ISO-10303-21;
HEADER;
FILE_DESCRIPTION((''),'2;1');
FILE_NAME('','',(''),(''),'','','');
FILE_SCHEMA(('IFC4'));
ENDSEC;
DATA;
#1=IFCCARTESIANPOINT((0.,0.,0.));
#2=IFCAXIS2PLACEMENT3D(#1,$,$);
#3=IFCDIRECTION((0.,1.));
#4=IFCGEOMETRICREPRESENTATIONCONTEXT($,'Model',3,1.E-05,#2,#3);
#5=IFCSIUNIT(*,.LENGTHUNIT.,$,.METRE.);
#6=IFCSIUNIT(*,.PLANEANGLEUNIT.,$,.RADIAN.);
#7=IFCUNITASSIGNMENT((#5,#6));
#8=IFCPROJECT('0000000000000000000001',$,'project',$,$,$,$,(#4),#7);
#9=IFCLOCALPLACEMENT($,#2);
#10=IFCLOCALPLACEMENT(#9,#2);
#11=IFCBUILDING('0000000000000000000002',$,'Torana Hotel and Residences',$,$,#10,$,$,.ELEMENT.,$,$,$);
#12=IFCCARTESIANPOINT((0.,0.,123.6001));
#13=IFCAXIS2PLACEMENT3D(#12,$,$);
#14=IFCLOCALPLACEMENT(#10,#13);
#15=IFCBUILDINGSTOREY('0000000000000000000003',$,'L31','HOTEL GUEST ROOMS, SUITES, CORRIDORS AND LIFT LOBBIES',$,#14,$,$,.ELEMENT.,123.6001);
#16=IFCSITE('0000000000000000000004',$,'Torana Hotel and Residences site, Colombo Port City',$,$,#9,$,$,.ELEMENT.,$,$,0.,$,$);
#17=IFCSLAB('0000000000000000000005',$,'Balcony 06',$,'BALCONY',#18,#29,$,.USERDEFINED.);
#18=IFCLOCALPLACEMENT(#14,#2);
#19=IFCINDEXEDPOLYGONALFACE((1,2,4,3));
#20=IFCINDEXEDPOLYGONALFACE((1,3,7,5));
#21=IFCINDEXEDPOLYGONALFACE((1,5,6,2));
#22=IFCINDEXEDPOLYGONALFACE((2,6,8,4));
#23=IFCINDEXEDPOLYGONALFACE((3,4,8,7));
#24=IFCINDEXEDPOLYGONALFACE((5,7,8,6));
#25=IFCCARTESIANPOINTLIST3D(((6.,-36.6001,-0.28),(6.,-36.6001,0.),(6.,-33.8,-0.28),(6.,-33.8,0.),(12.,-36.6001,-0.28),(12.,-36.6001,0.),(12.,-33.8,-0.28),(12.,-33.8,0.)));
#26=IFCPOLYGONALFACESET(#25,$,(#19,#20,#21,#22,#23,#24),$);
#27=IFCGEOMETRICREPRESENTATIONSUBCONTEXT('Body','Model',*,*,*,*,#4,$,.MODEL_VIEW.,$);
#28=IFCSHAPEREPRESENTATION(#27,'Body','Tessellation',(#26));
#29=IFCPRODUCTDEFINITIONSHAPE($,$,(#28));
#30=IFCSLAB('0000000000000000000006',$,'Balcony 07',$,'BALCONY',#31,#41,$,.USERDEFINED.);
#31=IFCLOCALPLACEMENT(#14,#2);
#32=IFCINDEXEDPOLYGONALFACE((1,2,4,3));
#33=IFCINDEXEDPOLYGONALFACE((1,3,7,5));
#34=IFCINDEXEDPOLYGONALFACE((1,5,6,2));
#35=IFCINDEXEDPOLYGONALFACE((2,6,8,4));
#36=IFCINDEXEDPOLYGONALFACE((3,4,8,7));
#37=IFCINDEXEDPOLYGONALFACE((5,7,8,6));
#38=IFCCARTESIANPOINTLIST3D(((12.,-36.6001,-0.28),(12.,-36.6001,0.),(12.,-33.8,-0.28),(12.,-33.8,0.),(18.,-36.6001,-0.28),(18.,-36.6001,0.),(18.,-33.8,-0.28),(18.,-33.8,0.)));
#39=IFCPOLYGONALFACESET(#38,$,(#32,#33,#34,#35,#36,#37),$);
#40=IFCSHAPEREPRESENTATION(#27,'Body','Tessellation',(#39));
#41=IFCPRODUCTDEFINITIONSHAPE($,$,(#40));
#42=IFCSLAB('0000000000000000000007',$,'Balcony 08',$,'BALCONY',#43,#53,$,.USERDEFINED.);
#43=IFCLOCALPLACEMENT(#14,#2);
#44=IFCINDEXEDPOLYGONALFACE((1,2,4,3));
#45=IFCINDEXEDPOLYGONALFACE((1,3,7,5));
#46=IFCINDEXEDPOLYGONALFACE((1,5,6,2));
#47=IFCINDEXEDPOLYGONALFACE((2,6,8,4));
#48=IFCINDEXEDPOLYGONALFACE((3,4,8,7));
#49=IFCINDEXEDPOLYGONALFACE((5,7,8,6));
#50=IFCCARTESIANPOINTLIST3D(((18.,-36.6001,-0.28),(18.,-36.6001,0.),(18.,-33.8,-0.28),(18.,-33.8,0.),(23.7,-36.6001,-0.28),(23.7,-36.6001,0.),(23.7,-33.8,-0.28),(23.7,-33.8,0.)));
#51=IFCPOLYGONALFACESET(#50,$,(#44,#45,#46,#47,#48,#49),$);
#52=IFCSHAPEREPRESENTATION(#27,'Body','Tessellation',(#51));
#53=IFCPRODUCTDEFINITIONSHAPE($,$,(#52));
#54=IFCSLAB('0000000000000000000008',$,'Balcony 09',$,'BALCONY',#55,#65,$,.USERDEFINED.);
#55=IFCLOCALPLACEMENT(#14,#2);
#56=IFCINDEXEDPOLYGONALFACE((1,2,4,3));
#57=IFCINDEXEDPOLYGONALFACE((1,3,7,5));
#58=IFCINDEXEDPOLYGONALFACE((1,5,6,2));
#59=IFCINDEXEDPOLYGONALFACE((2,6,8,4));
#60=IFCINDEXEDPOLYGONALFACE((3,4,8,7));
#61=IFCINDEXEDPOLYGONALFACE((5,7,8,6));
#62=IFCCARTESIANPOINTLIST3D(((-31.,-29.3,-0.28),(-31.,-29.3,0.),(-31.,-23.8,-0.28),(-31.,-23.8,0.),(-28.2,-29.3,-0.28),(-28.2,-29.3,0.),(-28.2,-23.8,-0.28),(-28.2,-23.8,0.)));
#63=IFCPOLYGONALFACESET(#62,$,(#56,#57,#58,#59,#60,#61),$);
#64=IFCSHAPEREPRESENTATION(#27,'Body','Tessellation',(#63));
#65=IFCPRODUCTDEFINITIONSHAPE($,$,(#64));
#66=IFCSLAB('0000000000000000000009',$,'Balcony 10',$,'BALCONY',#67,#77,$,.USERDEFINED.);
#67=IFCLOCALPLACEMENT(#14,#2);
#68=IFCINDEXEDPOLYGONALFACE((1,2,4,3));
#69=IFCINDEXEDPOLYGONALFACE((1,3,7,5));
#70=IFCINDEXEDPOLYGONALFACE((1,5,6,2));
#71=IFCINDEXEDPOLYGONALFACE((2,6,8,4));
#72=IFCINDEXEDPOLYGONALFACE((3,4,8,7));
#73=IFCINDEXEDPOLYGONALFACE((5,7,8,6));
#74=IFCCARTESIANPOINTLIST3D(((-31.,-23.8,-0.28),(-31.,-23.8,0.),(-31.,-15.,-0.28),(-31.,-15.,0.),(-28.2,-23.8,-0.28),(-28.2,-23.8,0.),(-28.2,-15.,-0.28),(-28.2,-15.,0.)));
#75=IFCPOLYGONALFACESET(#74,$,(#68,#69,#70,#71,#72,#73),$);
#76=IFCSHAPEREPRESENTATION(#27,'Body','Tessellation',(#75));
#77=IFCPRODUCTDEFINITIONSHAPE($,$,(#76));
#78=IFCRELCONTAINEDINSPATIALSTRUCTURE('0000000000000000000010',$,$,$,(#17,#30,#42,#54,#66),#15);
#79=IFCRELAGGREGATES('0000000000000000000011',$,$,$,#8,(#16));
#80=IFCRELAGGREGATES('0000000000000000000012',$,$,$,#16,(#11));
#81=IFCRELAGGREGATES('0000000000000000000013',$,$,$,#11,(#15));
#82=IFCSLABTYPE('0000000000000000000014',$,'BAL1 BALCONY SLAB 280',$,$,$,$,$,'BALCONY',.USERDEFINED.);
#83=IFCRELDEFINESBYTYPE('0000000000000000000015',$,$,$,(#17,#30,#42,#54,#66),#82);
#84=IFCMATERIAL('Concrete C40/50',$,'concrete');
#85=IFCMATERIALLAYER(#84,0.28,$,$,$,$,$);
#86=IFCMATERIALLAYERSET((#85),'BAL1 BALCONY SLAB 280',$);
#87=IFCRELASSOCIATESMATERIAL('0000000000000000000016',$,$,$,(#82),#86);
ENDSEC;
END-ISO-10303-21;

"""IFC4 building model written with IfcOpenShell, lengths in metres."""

from ifc_helpers import new_model, si_unit, direction, frame, origin, place, context, subcontext, project, spatial, polyline, outline, extrude, material, layer, layer_set, type_object, element, save


model = new_model("IFC4")

# Units and contexts
model_context = context("Model", 3, precision=1e-05, world=origin(), true_north=direction((0.0, 1.0)))
body_context = subcontext(model_context, "Body", "Model", "MODEL_VIEW")
ifc_project = project(units=[si_unit("LENGTHUNIT", "METRE"), si_unit("PLANEANGLEUNIT", "RADIAN")], contexts=[model_context])

# Site, building, storey
site_placement = place(None, origin())
site = spatial("IfcSite", under=ifc_project, at=site_placement, Name="Torana Hotel and Residences site, Colombo Port City", CompositionType="ELEMENT", RefElevation=0.0)
building_placement = place(site_placement, origin())
building = spatial("IfcBuilding", under=site, at=building_placement, Name="Torana Hotel and Residences", CompositionType="ELEMENT")
storey_placement = place(building_placement, frame((0.0, 0.0, 123.6001)))
storey = spatial("IfcBuildingStorey", under=building, at=storey_placement, Name="L31", Description="HOTEL GUEST ROOMS, SUITES, CORRIDORS AND LIFT LOBBIES", CompositionType="ELEMENT", Elevation=123.6001)

# Slabs
ifc_material_1 = material(Name="Concrete C40/50", Category="concrete")
ifc_layer_1 = layer(ifc_material_1, 0.28)
ifc_layer_set_1 = layer_set([ifc_layer_1], Name="BAL1 BALCONY SLAB 280")
slab_type = type_object("IfcSlabType", Name="BAL1 BALCONY SLAB 280", ElementType="BALCONY", PredefinedType="USERDEFINED", material=ifc_layer_set_1)
slab_1_placement = place(storey_placement, frame((0.0, 0.0, -0.28)))
element("IfcSlab", 1, at=slab_1_placement, inside=storey, type_object=slab_type, Name="Balcony 06", ObjectType="BALCONY", PredefinedType="USERDEFINED", context=body_context, shape_type="SweptSolid", body=[
    extrude(outline(polyline([(6.0, -36.6001), (12.0, -36.6001), (12.0, -33.8), (6.0, -33.8), (6.0, -36.6001)])), origin(), (0.0, 0.0, 1.0), 0.28),
])
slab_2_placement = place(storey_placement, frame((0.0, 0.0, -0.28)))
element("IfcSlab", 2, at=slab_2_placement, inside=storey, type_object=slab_type, Name="Balcony 07", ObjectType="BALCONY", PredefinedType="USERDEFINED", context=body_context, shape_type="SweptSolid", body=[
    extrude(outline(polyline([(12.0, -36.6001), (18.0, -36.6001), (18.0, -33.8), (12.0, -33.8), (12.0, -36.6001)])), origin(), (0.0, 0.0, 1.0), 0.28),
])
slab_3_placement = place(storey_placement, frame((0.0, 0.0, -0.28)))
element("IfcSlab", 3, at=slab_3_placement, inside=storey, type_object=slab_type, Name="Balcony 08", ObjectType="BALCONY", PredefinedType="USERDEFINED", context=body_context, shape_type="SweptSolid", body=[
    extrude(outline(polyline([(18.0, -36.6001), (23.7, -36.6001), (23.7, -33.8), (18.0, -33.8), (18.0, -36.6001)])), origin(), (0.0, 0.0, 1.0), 0.28),
])
slab_4_placement = place(storey_placement, frame((0.0, 0.0, -0.28)))
element("IfcSlab", 4, at=slab_4_placement, inside=storey, type_object=slab_type, Name="Balcony 09", ObjectType="BALCONY", PredefinedType="USERDEFINED", context=body_context, shape_type="SweptSolid", body=[
    extrude(outline(polyline([(-31.0, -29.3), (-28.2, -29.3), (-28.2, -23.8), (-31.0, -23.8), (-31.0, -29.3)])), origin(), (0.0, 0.0, 1.0), 0.28),
])
slab_5_placement = place(storey_placement, frame((0.0, 0.0, -0.28)))
element("IfcSlab", 5, at=slab_5_placement, inside=storey, type_object=slab_type, Name="Balcony 10", ObjectType="BALCONY", PredefinedType="USERDEFINED", context=body_context, shape_type="SweptSolid", body=[
    extrude(outline(polyline([(-31.0, -23.8), (-28.2, -23.8), (-28.2, -15.0), (-31.0, -15.0), (-31.0, -23.8)])), origin(), (0.0, 0.0, 1.0), 0.28),
])

save(model, "model.ifc")
